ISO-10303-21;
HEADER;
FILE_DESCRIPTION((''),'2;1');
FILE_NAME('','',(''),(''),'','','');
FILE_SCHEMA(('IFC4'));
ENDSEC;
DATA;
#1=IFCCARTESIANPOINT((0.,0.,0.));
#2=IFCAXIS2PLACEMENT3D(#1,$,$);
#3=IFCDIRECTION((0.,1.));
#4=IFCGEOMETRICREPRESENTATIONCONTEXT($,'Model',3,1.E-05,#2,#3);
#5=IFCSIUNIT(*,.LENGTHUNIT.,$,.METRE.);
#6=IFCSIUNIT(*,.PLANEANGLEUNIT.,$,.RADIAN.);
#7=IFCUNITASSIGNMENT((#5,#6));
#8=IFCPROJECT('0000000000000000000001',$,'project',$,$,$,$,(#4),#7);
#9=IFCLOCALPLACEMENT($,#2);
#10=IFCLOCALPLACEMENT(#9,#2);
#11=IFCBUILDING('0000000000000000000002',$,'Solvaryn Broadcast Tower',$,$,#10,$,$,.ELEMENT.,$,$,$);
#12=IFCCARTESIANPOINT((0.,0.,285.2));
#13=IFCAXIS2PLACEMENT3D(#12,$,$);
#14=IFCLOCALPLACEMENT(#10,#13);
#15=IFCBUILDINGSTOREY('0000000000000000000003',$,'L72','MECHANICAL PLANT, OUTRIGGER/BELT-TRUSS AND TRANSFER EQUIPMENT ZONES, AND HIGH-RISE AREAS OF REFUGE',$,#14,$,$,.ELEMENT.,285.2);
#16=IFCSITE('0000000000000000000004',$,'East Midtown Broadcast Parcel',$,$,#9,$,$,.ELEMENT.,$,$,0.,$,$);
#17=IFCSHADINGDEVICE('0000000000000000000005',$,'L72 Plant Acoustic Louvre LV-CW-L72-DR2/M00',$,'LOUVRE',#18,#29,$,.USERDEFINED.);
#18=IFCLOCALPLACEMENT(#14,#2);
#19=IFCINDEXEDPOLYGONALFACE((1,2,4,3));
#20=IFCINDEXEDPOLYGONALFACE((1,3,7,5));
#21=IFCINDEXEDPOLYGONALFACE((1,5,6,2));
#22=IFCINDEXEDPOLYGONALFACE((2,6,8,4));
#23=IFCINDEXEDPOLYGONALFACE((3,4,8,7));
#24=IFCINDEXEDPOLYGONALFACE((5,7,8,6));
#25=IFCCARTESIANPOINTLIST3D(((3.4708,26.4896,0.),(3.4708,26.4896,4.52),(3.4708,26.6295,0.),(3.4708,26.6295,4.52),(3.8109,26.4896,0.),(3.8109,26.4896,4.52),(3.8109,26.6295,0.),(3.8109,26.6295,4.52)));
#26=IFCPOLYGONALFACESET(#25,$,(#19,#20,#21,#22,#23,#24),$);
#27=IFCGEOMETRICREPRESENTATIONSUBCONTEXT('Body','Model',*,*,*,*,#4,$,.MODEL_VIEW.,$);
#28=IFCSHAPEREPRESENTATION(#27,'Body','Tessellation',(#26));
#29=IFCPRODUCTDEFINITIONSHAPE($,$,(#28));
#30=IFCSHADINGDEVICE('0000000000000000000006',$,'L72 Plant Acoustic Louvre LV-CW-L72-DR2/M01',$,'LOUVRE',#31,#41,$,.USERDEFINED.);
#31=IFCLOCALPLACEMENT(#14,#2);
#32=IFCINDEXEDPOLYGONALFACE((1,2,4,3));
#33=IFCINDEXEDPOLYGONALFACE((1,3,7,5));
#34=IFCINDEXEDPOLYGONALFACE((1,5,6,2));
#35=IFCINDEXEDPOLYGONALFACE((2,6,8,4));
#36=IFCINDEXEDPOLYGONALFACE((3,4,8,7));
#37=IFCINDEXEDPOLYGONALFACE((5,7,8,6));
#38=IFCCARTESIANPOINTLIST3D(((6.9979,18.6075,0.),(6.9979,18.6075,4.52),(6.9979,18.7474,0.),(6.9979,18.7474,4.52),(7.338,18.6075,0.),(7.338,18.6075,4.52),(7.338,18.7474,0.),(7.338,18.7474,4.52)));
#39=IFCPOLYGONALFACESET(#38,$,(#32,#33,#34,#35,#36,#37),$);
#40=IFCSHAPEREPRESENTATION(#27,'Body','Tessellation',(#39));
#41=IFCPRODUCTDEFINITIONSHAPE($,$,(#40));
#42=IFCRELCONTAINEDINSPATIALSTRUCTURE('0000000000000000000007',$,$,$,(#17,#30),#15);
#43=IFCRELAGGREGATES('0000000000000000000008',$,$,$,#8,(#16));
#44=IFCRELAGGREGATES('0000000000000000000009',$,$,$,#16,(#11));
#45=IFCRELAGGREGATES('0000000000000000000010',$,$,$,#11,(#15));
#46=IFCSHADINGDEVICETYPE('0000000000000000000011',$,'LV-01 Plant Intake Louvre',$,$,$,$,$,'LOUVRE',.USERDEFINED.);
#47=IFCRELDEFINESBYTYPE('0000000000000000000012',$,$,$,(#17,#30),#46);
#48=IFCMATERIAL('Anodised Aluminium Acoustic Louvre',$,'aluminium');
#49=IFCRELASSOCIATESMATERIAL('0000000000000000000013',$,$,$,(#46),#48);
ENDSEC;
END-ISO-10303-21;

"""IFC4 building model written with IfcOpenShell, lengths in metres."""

from ifc_helpers import new_model, si_unit, direction, frame, origin, origin_2d, place, context, subcontext, project, spatial, rectangle, extrude, material, type_object, element, save


model = new_model("IFC4")

# Units and contexts
model_context = context("Model", 3, precision=1e-05, world=origin(), true_north=direction((0.0, 1.0)))
body_context = subcontext(model_context, "Body", "Model", "MODEL_VIEW")
ifc_project = project(units=[si_unit("LENGTHUNIT", "METRE"), si_unit("PLANEANGLEUNIT", "RADIAN")], contexts=[model_context])

# Site, building, storey
site_placement = place(None, origin())
site = spatial("IfcSite", under=ifc_project, at=site_placement, Name="East Midtown Broadcast Parcel", CompositionType="ELEMENT", RefElevation=0.0)
building_placement = place(site_placement, origin())
building = spatial("IfcBuilding", under=site, at=building_placement, Name="Solvaryn Broadcast Tower", CompositionType="ELEMENT")
storey_placement = place(building_placement, frame((0.0, 0.0, 285.2)))
storey = spatial("IfcBuildingStorey", under=building, at=storey_placement, Name="L72", Description="MECHANICAL PLANT, OUTRIGGER/BELT-TRUSS AND TRANSFER EQUIPMENT ZONES, AND HIGH-RISE AREAS OF REFUGE", CompositionType="ELEMENT", Elevation=285.2)

# Shading devices
ifc_material_1 = material(Name="Anodised Aluminium Acoustic Louvre", Category="aluminium")
shading_device_type = type_object("IfcShadingDeviceType", Name="LV-01 Plant Intake Louvre", ElementType="LOUVRE", PredefinedType="USERDEFINED", material=ifc_material_1)
for number, where, z_axis, x_axis, name in (
    (1, (3.6409, 26.5596, 0.0), (0.0, 0.0, 1.0), (1.0, 0.0, 0.0), "L72 Plant Acoustic Louvre LV-CW-L72-DR2/M00"),
    (2, (7.168, 18.6775, 0.0), (0.0, 0.0, 1.0), (1.0, 0.0, 0.0), "L72 Plant Acoustic Louvre LV-CW-L72-DR2/M01"),
):
    element("IfcShadingDevice", number, at=place(storey_placement, frame(where, z_axis=z_axis, x_axis=x_axis)), inside=storey, type_object=shading_device_type, Name=name, ObjectType="LOUVRE", PredefinedType="USERDEFINED", context=body_context, shape_type="SweptSolid", body=[
        extrude(rectangle(XDim=0.3401, YDim=0.1399, at=origin_2d()), origin(), (0.0, 0.0, 1.0), 4.52),
    ])

save(model, "model.ifc")
